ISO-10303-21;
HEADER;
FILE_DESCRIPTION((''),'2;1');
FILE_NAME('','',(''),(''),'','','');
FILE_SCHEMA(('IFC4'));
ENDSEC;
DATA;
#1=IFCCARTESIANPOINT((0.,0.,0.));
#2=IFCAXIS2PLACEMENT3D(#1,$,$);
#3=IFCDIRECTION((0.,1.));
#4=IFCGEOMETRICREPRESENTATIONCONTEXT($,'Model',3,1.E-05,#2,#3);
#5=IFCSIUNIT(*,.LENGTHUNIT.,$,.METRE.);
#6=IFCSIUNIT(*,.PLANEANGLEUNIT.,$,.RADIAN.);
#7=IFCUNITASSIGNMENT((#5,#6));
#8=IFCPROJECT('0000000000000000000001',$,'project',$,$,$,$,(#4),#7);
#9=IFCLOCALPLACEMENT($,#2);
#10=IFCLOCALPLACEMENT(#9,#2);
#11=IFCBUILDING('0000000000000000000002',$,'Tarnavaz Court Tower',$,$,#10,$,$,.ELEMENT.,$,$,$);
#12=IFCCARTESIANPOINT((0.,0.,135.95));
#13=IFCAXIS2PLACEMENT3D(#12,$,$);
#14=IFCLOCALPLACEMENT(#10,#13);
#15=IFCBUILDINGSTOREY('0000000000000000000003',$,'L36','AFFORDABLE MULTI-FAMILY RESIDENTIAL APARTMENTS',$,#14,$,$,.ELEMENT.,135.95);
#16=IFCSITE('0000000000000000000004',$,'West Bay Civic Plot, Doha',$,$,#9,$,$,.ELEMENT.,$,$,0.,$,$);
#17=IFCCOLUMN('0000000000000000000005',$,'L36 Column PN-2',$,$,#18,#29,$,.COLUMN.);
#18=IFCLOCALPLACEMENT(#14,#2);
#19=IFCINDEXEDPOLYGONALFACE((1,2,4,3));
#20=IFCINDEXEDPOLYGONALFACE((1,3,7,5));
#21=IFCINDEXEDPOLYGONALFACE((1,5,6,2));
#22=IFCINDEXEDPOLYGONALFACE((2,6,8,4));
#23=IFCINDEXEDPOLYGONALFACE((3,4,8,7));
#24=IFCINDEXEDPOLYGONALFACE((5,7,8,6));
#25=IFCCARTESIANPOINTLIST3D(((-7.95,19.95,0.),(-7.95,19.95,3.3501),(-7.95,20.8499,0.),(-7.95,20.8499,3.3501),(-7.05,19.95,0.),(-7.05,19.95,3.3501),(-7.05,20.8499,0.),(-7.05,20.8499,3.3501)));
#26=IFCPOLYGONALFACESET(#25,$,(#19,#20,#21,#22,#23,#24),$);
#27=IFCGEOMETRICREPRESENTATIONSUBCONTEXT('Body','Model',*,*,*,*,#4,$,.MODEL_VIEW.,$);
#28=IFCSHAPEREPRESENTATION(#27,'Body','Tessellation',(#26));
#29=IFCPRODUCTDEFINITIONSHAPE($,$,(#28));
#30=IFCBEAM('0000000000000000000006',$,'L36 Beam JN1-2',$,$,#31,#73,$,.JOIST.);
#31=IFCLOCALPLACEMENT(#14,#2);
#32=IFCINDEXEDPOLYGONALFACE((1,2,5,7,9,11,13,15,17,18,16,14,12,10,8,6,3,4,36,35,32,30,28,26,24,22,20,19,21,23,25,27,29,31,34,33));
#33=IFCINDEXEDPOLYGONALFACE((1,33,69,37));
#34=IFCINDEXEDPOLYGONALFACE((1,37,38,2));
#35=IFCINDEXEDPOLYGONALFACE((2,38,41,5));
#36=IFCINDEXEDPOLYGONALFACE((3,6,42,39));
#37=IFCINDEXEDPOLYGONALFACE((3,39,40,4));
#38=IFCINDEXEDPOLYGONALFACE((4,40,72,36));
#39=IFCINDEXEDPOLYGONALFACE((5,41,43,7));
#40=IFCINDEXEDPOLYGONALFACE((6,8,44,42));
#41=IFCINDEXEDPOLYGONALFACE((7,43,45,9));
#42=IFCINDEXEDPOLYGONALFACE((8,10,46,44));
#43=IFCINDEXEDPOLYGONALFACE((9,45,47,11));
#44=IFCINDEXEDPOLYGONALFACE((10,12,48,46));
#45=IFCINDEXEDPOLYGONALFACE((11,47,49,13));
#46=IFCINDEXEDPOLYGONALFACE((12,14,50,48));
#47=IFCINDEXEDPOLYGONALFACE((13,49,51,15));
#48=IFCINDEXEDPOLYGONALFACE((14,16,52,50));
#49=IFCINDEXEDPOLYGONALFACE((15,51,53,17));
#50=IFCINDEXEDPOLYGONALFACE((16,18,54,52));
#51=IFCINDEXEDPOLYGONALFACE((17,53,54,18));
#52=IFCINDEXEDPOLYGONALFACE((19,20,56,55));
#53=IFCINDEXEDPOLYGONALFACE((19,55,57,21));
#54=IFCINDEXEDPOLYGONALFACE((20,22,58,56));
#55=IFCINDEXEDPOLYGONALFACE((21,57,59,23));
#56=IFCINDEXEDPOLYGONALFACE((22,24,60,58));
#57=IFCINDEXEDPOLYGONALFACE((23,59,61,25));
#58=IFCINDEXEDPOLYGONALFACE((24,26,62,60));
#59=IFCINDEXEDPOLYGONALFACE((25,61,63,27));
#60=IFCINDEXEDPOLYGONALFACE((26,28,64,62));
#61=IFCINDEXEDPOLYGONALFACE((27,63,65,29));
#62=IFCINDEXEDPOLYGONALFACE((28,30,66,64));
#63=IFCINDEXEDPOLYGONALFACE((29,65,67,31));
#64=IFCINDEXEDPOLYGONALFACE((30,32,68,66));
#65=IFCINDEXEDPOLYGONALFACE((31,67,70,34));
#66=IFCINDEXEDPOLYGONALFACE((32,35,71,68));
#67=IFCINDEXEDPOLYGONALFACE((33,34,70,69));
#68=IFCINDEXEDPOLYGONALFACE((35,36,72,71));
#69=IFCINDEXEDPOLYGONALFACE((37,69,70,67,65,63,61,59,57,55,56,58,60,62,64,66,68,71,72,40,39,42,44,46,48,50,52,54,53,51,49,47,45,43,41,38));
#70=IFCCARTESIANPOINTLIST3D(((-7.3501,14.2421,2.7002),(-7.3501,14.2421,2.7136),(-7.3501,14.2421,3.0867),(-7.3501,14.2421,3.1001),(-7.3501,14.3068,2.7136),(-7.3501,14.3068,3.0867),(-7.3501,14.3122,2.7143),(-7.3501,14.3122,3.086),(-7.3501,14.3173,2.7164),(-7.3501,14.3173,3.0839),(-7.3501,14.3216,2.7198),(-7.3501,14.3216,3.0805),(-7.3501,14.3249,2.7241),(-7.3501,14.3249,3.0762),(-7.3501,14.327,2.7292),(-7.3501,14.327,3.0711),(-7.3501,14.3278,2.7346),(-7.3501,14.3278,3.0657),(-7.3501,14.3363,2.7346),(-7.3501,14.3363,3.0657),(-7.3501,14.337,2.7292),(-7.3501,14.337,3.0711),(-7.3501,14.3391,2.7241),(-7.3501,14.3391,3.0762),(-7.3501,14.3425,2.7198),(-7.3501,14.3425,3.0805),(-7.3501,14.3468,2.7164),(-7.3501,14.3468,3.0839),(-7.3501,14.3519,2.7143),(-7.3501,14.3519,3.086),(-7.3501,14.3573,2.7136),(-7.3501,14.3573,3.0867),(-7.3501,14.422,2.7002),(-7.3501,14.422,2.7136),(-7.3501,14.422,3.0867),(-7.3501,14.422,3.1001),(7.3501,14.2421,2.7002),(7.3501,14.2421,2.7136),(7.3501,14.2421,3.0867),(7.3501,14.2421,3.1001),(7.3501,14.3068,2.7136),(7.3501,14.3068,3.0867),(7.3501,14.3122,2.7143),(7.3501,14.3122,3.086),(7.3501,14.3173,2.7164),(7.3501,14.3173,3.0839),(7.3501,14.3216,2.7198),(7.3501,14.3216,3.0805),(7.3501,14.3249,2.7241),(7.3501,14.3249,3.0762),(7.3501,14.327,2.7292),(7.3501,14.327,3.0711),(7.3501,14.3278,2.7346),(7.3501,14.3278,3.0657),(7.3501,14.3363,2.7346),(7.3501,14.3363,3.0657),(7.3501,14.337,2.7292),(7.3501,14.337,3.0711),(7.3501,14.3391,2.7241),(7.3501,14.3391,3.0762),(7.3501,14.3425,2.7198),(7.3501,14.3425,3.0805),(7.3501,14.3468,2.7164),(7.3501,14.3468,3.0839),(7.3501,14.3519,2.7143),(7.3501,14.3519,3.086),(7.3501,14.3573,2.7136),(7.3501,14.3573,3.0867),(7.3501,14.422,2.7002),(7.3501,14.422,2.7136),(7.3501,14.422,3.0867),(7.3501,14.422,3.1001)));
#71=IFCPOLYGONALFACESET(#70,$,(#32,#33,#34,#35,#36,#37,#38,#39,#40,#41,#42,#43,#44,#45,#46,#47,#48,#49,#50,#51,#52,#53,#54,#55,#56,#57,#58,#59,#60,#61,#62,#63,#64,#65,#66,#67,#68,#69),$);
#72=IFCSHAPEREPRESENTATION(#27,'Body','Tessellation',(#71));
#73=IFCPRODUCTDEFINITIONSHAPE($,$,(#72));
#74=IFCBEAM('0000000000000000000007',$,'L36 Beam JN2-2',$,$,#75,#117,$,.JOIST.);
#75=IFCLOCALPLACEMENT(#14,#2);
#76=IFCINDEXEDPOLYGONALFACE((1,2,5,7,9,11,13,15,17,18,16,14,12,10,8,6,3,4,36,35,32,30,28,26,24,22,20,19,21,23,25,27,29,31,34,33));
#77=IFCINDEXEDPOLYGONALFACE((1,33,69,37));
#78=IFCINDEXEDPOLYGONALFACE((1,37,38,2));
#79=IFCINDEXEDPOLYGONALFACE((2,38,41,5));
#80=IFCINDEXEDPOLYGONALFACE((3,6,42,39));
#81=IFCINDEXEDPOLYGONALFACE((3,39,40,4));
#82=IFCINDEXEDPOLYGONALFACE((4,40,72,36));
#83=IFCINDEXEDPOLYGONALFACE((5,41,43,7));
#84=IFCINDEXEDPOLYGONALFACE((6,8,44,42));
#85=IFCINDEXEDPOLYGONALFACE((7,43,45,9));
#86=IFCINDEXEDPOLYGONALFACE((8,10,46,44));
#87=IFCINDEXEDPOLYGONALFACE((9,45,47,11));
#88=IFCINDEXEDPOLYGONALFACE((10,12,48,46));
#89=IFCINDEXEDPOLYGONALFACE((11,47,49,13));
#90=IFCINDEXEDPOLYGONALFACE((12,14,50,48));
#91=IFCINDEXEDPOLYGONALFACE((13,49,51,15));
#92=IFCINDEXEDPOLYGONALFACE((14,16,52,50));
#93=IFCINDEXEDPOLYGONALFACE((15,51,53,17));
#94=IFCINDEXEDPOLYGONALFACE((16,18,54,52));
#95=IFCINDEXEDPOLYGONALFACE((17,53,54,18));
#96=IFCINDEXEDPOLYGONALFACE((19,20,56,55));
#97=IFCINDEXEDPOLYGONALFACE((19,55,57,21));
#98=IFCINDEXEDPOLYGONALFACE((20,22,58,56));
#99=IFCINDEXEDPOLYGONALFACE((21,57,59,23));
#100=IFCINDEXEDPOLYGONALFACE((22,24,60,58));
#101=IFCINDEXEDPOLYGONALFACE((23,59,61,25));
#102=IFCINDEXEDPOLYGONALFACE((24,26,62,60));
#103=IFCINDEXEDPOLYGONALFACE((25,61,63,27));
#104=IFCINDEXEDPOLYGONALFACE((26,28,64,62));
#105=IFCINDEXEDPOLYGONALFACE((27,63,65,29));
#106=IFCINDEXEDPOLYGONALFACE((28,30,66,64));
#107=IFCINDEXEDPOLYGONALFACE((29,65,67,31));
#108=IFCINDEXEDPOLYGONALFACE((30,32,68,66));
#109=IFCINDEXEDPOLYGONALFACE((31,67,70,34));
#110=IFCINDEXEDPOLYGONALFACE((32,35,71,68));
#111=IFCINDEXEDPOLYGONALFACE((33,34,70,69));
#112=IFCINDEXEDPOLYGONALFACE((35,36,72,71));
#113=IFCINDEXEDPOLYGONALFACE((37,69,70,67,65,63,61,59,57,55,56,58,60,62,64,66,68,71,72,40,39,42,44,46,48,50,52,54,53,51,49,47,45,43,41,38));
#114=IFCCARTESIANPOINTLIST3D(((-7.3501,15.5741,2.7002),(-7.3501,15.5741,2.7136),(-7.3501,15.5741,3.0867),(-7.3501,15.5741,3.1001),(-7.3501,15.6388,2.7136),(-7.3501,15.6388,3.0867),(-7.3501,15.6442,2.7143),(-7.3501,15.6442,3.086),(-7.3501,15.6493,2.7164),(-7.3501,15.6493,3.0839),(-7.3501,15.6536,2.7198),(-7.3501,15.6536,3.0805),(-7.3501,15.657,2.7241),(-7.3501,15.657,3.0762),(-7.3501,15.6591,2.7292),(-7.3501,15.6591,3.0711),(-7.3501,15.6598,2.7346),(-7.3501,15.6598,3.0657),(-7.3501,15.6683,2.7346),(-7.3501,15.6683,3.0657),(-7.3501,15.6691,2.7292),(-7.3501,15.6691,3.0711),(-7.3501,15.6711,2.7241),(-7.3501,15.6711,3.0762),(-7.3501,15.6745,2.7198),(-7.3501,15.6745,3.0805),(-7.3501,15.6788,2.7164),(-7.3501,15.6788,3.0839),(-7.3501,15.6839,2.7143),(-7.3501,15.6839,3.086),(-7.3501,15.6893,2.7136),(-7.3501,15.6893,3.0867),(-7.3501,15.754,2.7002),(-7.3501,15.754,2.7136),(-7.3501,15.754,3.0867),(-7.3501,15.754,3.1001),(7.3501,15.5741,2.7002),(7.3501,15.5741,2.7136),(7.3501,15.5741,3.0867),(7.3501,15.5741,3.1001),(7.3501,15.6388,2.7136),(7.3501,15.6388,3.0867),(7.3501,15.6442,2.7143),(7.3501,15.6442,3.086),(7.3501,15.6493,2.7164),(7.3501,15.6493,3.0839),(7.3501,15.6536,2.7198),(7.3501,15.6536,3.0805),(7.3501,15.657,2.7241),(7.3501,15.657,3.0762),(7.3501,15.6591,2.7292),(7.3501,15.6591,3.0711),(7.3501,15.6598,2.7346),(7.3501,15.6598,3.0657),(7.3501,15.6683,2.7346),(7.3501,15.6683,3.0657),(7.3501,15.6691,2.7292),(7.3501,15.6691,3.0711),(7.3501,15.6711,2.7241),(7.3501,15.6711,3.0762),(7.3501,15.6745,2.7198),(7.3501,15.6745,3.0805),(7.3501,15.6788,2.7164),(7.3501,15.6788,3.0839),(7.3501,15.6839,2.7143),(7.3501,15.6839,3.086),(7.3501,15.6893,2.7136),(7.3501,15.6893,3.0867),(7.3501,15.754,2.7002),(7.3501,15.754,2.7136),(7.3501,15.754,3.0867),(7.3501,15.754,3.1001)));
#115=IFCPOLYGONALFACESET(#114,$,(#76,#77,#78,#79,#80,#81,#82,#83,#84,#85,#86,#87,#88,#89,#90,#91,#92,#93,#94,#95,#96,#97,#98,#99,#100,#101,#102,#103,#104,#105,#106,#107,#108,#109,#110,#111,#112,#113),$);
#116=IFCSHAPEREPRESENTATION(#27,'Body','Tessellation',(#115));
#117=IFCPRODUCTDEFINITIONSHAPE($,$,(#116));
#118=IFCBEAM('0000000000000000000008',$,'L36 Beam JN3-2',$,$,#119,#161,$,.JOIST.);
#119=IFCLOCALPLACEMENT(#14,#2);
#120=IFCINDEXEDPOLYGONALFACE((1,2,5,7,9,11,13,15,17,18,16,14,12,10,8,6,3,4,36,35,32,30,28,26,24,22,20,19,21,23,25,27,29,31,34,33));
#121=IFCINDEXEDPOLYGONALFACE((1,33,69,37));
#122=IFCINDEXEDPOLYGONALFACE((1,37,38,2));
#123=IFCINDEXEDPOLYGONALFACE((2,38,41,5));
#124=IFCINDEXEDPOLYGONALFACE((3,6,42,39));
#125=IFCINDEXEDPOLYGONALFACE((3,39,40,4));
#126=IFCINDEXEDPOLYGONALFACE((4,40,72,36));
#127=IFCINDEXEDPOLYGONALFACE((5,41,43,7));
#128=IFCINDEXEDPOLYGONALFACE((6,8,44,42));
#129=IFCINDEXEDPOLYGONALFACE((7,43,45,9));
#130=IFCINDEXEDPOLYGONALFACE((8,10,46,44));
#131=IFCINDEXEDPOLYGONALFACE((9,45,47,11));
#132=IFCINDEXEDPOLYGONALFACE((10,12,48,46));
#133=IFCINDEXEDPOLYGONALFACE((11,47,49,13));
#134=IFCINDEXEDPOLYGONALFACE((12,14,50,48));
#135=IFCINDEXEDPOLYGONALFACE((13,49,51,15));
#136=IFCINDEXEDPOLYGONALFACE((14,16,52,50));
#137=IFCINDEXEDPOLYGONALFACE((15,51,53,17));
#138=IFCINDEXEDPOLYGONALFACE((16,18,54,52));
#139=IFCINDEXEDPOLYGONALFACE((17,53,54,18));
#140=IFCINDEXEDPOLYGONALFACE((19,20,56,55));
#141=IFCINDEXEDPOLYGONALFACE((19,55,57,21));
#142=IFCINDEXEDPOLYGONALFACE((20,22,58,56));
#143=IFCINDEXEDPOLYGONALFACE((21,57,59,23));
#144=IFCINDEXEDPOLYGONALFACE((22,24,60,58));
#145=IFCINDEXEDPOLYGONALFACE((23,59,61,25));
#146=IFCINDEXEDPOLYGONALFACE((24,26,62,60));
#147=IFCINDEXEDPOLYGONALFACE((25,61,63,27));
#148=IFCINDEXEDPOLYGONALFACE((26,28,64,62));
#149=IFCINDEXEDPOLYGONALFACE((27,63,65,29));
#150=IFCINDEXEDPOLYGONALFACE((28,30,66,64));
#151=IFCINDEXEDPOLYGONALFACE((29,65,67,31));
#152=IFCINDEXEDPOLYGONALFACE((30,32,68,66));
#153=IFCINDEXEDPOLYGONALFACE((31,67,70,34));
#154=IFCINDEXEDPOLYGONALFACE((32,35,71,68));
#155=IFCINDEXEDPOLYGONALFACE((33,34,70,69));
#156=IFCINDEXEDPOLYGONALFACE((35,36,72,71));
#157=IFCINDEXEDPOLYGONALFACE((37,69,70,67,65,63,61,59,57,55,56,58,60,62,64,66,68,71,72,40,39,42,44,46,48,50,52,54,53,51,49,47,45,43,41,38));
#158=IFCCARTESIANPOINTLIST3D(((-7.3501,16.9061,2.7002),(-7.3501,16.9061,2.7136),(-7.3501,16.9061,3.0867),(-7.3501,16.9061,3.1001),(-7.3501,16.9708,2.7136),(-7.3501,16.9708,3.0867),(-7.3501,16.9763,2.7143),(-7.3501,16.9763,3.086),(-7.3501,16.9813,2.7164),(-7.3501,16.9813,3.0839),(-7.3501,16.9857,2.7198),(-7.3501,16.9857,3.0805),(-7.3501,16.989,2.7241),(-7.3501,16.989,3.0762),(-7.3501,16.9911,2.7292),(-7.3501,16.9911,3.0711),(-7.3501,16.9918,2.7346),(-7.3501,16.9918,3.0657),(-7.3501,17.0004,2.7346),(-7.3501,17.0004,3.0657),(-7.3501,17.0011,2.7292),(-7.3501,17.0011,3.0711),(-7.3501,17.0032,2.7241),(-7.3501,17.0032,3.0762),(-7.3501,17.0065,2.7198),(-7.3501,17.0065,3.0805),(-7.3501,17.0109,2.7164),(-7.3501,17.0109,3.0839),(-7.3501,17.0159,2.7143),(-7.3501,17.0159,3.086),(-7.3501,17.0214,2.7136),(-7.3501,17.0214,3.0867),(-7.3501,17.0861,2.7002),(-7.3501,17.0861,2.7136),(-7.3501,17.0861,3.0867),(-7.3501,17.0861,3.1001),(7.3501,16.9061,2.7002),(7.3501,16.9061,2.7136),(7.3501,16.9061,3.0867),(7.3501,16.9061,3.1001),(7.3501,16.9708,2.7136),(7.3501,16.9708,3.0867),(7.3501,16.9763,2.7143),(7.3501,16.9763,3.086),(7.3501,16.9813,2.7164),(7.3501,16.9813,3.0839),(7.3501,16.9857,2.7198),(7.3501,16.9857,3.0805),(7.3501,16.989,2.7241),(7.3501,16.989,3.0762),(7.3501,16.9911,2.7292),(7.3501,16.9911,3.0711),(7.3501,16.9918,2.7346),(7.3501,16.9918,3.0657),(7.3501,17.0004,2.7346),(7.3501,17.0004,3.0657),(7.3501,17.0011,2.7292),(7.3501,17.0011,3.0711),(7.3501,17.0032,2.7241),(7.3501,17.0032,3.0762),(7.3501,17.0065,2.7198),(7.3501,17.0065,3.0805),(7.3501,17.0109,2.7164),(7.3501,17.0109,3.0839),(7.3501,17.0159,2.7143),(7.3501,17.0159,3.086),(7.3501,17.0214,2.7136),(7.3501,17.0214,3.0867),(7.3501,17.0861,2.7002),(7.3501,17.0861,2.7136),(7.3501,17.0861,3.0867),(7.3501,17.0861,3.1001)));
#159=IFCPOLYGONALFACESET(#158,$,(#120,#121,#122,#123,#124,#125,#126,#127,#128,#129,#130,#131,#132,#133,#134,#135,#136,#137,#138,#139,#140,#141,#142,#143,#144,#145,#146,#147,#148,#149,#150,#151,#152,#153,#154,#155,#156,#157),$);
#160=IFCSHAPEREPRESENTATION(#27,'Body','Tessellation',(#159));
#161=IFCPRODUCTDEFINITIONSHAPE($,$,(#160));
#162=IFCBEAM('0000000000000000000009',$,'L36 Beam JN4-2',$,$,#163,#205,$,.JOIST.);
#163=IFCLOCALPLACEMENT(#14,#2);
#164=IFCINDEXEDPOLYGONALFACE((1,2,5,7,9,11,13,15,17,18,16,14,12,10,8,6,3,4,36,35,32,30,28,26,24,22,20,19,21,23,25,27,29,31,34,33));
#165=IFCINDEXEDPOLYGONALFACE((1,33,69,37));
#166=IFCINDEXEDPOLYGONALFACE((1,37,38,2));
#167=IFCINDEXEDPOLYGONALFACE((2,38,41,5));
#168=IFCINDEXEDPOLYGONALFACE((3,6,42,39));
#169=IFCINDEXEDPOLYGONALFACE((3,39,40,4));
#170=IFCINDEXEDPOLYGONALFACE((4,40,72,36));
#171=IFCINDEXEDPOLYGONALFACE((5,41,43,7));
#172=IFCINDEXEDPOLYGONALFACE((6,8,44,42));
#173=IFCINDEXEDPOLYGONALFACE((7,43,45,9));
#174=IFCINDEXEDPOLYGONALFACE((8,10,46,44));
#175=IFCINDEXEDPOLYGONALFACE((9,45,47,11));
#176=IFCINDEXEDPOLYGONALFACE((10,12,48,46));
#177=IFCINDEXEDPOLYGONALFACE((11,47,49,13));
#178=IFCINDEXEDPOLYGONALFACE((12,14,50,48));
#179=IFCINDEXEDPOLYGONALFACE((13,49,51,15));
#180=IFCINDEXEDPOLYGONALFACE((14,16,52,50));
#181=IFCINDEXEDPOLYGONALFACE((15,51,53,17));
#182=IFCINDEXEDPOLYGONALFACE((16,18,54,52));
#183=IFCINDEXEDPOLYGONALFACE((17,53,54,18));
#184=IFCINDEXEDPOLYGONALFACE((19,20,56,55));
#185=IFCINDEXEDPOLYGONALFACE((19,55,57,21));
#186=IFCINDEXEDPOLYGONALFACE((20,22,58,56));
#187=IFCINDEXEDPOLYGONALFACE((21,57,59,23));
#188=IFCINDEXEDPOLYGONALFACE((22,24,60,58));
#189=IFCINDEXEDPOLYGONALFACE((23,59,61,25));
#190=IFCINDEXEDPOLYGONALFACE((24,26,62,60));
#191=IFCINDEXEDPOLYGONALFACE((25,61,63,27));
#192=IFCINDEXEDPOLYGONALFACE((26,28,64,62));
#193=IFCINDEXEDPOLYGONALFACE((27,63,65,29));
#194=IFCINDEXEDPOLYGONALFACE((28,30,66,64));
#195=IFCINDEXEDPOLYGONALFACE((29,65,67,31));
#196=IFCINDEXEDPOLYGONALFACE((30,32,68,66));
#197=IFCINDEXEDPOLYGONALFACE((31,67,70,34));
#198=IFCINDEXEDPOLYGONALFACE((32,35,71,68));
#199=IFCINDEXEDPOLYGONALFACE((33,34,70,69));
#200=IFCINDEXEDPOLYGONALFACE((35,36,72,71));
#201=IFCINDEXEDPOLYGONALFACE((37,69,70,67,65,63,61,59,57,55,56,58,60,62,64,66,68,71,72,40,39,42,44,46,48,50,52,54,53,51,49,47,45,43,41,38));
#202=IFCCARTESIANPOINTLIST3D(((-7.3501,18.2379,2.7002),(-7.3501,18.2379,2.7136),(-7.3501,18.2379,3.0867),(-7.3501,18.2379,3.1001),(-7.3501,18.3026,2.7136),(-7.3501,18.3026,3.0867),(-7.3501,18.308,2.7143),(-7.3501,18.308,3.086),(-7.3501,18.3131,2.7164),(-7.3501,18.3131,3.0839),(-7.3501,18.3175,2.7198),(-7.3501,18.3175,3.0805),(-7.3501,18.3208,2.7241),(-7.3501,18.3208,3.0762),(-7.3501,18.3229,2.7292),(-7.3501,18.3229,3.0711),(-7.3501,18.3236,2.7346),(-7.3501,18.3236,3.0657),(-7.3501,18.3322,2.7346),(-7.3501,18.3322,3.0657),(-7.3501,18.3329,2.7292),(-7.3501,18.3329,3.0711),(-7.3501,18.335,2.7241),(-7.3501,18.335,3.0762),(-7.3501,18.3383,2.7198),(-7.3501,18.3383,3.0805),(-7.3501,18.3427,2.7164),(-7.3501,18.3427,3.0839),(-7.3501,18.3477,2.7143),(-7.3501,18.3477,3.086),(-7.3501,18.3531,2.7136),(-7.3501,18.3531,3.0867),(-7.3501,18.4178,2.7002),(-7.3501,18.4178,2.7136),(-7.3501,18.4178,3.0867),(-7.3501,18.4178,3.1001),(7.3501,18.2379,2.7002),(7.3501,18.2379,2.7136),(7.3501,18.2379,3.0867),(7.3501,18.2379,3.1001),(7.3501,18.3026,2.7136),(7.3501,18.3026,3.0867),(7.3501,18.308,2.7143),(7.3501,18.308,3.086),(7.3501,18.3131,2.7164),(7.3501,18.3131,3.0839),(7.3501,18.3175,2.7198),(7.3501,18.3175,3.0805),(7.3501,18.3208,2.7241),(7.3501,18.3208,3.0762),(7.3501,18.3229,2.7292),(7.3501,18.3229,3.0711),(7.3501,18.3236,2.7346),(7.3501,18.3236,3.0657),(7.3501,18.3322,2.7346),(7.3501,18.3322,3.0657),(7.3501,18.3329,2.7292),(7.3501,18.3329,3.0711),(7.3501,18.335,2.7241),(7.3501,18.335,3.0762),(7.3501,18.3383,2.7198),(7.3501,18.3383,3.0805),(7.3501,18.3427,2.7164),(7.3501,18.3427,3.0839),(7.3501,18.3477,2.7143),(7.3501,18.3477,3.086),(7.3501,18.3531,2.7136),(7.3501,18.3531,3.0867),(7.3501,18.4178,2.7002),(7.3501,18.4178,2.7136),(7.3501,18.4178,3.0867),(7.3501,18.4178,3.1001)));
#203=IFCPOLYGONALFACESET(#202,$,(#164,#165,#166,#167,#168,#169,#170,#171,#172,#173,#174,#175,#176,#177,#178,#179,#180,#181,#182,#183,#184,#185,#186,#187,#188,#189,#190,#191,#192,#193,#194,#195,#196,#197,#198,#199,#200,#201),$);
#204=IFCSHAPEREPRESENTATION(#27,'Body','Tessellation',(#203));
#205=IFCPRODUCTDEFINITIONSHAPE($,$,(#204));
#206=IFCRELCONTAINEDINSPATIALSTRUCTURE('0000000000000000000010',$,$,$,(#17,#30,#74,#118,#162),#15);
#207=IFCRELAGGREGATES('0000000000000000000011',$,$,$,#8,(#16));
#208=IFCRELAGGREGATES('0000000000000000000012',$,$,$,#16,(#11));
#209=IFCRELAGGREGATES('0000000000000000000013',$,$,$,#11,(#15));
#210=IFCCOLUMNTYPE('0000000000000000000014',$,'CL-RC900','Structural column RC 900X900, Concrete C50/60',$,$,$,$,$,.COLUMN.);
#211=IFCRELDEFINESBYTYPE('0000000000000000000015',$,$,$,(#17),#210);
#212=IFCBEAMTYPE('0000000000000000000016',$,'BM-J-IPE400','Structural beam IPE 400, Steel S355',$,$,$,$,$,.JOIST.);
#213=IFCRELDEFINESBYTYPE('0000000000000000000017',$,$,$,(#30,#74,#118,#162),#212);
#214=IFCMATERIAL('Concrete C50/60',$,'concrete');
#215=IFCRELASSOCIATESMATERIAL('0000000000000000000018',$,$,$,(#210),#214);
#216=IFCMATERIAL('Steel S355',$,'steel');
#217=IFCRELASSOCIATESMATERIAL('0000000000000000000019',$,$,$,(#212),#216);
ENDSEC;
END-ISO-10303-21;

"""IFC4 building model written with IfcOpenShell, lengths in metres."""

from ifc_helpers import new_model, si_unit, direction, frame, origin, origin_2d, place, context, subcontext, project, spatial, rectangle, i_section, extrude, material, material_profile, profile_set, type_object, element, save


model = new_model("IFC4")

# Units and contexts
model_context = context("Model", 3, precision=1e-05, world=origin(), true_north=direction((0.0, 1.0)))
body_context = subcontext(model_context, "Body", "Model", "MODEL_VIEW")
ifc_project = project(units=[si_unit("LENGTHUNIT", "METRE"), si_unit("PLANEANGLEUNIT", "RADIAN")], contexts=[model_context])

# Site, building, storey
site_placement = place(None, origin())
site = spatial("IfcSite", under=ifc_project, at=site_placement, Name="West Bay Civic Plot, Doha", CompositionType="ELEMENT", RefElevation=0.0)
building_placement = place(site_placement, origin())
building = spatial("IfcBuilding", under=site, at=building_placement, Name="Tarnavaz Court Tower", CompositionType="ELEMENT")
storey_placement = place(building_placement, frame((0.0, 0.0, 135.95)))
storey = spatial("IfcBuildingStorey", under=building, at=storey_placement, Name="L36", Description="AFFORDABLE MULTI-FAMILY RESIDENTIAL APARTMENTS", CompositionType="ELEMENT", Elevation=135.95)

# Column
ifc_material_1 = material(Name="Concrete C50/60", Category="concrete")
ifc_material_profile_1 = material_profile(ifc_material_1, rectangle(XDim=0.8999, YDim=0.8999, at=origin_2d()), Name="RC 900X900")
ifc_profile_set_1 = profile_set([ifc_material_profile_1], Name="Concrete C50/60")
column_type = type_object("IfcColumnType", Name="CL-RC900", Description="Structural column RC 900X900, Concrete C50/60", PredefinedType="COLUMN", material=ifc_profile_set_1)
column_placement = place(storey_placement, frame((-7.5, 20.3999, 0.0), z_axis=(0.0, 0.0, 1.0), x_axis=(1.0, 0.0, 0.0)))
element("IfcColumn", 1, at=column_placement, inside=storey, type_object=column_type, Name="L36 Column PN-2", PredefinedType="COLUMN", context=body_context, shape_type="SweptSolid", body=[
    extrude(rectangle(XDim=0.8999, YDim=0.8999, at=origin_2d()), origin(), (0.0, 0.0, 1.0), 3.3501),
])

# Beams
ifc_material_2 = material(Name="Steel S355", Category="steel")
ifc_material_profile_2 = material_profile(ifc_material_2, i_section(OverallWidth=0.1799, OverallDepth=0.3999, WebThickness=0.0085, FlangeThickness=0.0134, FilletRadius=0.021, at=origin_2d()), Name="IPE 400")
ifc_profile_set_2 = profile_set([ifc_material_profile_2], Name="Steel S355")
beam_type_1 = type_object("IfcBeamType", Name="BM-J-IPE400", Description="Structural beam IPE 400, Steel S355", PredefinedType="JOIST", material=ifc_profile_set_2)
for number, where, z_axis, x_axis, name in (
    (2, (-7.3501, 14.332, 2.9001), (1.0, 0.0, 0.0), (0.0, 1.0, 0.0), "L36 Beam JN1-2"),
    (3, (-7.3501, 15.6641, 2.9001), (1.0, 0.0, 0.0), (0.0, 1.0, 0.0), "L36 Beam JN2-2"),
    (4, (-7.3501, 16.9961, 2.9001), (1.0, 0.0, 0.0), (0.0, 1.0, 0.0), "L36 Beam JN3-2"),
    (5, (-7.3501, 18.3279, 2.9001), (1.0, 0.0, 0.0), (0.0, 1.0, 0.0), "L36 Beam JN4-2"),
):
    element("IfcBeam", number, at=place(storey_placement, frame(where, z_axis=z_axis, x_axis=x_axis)), inside=storey, type_object=beam_type_1, Name=name, PredefinedType="JOIST", context=body_context, shape_type="SweptSolid", body=[
        extrude(i_section(OverallWidth=0.1799, OverallDepth=0.3999, WebThickness=0.0085, FlangeThickness=0.0134, FilletRadius=0.021, at=origin_2d()), origin(), (0.0, 0.0, 1.0), 14.7002),
    ])

save(model, "model.ifc")
